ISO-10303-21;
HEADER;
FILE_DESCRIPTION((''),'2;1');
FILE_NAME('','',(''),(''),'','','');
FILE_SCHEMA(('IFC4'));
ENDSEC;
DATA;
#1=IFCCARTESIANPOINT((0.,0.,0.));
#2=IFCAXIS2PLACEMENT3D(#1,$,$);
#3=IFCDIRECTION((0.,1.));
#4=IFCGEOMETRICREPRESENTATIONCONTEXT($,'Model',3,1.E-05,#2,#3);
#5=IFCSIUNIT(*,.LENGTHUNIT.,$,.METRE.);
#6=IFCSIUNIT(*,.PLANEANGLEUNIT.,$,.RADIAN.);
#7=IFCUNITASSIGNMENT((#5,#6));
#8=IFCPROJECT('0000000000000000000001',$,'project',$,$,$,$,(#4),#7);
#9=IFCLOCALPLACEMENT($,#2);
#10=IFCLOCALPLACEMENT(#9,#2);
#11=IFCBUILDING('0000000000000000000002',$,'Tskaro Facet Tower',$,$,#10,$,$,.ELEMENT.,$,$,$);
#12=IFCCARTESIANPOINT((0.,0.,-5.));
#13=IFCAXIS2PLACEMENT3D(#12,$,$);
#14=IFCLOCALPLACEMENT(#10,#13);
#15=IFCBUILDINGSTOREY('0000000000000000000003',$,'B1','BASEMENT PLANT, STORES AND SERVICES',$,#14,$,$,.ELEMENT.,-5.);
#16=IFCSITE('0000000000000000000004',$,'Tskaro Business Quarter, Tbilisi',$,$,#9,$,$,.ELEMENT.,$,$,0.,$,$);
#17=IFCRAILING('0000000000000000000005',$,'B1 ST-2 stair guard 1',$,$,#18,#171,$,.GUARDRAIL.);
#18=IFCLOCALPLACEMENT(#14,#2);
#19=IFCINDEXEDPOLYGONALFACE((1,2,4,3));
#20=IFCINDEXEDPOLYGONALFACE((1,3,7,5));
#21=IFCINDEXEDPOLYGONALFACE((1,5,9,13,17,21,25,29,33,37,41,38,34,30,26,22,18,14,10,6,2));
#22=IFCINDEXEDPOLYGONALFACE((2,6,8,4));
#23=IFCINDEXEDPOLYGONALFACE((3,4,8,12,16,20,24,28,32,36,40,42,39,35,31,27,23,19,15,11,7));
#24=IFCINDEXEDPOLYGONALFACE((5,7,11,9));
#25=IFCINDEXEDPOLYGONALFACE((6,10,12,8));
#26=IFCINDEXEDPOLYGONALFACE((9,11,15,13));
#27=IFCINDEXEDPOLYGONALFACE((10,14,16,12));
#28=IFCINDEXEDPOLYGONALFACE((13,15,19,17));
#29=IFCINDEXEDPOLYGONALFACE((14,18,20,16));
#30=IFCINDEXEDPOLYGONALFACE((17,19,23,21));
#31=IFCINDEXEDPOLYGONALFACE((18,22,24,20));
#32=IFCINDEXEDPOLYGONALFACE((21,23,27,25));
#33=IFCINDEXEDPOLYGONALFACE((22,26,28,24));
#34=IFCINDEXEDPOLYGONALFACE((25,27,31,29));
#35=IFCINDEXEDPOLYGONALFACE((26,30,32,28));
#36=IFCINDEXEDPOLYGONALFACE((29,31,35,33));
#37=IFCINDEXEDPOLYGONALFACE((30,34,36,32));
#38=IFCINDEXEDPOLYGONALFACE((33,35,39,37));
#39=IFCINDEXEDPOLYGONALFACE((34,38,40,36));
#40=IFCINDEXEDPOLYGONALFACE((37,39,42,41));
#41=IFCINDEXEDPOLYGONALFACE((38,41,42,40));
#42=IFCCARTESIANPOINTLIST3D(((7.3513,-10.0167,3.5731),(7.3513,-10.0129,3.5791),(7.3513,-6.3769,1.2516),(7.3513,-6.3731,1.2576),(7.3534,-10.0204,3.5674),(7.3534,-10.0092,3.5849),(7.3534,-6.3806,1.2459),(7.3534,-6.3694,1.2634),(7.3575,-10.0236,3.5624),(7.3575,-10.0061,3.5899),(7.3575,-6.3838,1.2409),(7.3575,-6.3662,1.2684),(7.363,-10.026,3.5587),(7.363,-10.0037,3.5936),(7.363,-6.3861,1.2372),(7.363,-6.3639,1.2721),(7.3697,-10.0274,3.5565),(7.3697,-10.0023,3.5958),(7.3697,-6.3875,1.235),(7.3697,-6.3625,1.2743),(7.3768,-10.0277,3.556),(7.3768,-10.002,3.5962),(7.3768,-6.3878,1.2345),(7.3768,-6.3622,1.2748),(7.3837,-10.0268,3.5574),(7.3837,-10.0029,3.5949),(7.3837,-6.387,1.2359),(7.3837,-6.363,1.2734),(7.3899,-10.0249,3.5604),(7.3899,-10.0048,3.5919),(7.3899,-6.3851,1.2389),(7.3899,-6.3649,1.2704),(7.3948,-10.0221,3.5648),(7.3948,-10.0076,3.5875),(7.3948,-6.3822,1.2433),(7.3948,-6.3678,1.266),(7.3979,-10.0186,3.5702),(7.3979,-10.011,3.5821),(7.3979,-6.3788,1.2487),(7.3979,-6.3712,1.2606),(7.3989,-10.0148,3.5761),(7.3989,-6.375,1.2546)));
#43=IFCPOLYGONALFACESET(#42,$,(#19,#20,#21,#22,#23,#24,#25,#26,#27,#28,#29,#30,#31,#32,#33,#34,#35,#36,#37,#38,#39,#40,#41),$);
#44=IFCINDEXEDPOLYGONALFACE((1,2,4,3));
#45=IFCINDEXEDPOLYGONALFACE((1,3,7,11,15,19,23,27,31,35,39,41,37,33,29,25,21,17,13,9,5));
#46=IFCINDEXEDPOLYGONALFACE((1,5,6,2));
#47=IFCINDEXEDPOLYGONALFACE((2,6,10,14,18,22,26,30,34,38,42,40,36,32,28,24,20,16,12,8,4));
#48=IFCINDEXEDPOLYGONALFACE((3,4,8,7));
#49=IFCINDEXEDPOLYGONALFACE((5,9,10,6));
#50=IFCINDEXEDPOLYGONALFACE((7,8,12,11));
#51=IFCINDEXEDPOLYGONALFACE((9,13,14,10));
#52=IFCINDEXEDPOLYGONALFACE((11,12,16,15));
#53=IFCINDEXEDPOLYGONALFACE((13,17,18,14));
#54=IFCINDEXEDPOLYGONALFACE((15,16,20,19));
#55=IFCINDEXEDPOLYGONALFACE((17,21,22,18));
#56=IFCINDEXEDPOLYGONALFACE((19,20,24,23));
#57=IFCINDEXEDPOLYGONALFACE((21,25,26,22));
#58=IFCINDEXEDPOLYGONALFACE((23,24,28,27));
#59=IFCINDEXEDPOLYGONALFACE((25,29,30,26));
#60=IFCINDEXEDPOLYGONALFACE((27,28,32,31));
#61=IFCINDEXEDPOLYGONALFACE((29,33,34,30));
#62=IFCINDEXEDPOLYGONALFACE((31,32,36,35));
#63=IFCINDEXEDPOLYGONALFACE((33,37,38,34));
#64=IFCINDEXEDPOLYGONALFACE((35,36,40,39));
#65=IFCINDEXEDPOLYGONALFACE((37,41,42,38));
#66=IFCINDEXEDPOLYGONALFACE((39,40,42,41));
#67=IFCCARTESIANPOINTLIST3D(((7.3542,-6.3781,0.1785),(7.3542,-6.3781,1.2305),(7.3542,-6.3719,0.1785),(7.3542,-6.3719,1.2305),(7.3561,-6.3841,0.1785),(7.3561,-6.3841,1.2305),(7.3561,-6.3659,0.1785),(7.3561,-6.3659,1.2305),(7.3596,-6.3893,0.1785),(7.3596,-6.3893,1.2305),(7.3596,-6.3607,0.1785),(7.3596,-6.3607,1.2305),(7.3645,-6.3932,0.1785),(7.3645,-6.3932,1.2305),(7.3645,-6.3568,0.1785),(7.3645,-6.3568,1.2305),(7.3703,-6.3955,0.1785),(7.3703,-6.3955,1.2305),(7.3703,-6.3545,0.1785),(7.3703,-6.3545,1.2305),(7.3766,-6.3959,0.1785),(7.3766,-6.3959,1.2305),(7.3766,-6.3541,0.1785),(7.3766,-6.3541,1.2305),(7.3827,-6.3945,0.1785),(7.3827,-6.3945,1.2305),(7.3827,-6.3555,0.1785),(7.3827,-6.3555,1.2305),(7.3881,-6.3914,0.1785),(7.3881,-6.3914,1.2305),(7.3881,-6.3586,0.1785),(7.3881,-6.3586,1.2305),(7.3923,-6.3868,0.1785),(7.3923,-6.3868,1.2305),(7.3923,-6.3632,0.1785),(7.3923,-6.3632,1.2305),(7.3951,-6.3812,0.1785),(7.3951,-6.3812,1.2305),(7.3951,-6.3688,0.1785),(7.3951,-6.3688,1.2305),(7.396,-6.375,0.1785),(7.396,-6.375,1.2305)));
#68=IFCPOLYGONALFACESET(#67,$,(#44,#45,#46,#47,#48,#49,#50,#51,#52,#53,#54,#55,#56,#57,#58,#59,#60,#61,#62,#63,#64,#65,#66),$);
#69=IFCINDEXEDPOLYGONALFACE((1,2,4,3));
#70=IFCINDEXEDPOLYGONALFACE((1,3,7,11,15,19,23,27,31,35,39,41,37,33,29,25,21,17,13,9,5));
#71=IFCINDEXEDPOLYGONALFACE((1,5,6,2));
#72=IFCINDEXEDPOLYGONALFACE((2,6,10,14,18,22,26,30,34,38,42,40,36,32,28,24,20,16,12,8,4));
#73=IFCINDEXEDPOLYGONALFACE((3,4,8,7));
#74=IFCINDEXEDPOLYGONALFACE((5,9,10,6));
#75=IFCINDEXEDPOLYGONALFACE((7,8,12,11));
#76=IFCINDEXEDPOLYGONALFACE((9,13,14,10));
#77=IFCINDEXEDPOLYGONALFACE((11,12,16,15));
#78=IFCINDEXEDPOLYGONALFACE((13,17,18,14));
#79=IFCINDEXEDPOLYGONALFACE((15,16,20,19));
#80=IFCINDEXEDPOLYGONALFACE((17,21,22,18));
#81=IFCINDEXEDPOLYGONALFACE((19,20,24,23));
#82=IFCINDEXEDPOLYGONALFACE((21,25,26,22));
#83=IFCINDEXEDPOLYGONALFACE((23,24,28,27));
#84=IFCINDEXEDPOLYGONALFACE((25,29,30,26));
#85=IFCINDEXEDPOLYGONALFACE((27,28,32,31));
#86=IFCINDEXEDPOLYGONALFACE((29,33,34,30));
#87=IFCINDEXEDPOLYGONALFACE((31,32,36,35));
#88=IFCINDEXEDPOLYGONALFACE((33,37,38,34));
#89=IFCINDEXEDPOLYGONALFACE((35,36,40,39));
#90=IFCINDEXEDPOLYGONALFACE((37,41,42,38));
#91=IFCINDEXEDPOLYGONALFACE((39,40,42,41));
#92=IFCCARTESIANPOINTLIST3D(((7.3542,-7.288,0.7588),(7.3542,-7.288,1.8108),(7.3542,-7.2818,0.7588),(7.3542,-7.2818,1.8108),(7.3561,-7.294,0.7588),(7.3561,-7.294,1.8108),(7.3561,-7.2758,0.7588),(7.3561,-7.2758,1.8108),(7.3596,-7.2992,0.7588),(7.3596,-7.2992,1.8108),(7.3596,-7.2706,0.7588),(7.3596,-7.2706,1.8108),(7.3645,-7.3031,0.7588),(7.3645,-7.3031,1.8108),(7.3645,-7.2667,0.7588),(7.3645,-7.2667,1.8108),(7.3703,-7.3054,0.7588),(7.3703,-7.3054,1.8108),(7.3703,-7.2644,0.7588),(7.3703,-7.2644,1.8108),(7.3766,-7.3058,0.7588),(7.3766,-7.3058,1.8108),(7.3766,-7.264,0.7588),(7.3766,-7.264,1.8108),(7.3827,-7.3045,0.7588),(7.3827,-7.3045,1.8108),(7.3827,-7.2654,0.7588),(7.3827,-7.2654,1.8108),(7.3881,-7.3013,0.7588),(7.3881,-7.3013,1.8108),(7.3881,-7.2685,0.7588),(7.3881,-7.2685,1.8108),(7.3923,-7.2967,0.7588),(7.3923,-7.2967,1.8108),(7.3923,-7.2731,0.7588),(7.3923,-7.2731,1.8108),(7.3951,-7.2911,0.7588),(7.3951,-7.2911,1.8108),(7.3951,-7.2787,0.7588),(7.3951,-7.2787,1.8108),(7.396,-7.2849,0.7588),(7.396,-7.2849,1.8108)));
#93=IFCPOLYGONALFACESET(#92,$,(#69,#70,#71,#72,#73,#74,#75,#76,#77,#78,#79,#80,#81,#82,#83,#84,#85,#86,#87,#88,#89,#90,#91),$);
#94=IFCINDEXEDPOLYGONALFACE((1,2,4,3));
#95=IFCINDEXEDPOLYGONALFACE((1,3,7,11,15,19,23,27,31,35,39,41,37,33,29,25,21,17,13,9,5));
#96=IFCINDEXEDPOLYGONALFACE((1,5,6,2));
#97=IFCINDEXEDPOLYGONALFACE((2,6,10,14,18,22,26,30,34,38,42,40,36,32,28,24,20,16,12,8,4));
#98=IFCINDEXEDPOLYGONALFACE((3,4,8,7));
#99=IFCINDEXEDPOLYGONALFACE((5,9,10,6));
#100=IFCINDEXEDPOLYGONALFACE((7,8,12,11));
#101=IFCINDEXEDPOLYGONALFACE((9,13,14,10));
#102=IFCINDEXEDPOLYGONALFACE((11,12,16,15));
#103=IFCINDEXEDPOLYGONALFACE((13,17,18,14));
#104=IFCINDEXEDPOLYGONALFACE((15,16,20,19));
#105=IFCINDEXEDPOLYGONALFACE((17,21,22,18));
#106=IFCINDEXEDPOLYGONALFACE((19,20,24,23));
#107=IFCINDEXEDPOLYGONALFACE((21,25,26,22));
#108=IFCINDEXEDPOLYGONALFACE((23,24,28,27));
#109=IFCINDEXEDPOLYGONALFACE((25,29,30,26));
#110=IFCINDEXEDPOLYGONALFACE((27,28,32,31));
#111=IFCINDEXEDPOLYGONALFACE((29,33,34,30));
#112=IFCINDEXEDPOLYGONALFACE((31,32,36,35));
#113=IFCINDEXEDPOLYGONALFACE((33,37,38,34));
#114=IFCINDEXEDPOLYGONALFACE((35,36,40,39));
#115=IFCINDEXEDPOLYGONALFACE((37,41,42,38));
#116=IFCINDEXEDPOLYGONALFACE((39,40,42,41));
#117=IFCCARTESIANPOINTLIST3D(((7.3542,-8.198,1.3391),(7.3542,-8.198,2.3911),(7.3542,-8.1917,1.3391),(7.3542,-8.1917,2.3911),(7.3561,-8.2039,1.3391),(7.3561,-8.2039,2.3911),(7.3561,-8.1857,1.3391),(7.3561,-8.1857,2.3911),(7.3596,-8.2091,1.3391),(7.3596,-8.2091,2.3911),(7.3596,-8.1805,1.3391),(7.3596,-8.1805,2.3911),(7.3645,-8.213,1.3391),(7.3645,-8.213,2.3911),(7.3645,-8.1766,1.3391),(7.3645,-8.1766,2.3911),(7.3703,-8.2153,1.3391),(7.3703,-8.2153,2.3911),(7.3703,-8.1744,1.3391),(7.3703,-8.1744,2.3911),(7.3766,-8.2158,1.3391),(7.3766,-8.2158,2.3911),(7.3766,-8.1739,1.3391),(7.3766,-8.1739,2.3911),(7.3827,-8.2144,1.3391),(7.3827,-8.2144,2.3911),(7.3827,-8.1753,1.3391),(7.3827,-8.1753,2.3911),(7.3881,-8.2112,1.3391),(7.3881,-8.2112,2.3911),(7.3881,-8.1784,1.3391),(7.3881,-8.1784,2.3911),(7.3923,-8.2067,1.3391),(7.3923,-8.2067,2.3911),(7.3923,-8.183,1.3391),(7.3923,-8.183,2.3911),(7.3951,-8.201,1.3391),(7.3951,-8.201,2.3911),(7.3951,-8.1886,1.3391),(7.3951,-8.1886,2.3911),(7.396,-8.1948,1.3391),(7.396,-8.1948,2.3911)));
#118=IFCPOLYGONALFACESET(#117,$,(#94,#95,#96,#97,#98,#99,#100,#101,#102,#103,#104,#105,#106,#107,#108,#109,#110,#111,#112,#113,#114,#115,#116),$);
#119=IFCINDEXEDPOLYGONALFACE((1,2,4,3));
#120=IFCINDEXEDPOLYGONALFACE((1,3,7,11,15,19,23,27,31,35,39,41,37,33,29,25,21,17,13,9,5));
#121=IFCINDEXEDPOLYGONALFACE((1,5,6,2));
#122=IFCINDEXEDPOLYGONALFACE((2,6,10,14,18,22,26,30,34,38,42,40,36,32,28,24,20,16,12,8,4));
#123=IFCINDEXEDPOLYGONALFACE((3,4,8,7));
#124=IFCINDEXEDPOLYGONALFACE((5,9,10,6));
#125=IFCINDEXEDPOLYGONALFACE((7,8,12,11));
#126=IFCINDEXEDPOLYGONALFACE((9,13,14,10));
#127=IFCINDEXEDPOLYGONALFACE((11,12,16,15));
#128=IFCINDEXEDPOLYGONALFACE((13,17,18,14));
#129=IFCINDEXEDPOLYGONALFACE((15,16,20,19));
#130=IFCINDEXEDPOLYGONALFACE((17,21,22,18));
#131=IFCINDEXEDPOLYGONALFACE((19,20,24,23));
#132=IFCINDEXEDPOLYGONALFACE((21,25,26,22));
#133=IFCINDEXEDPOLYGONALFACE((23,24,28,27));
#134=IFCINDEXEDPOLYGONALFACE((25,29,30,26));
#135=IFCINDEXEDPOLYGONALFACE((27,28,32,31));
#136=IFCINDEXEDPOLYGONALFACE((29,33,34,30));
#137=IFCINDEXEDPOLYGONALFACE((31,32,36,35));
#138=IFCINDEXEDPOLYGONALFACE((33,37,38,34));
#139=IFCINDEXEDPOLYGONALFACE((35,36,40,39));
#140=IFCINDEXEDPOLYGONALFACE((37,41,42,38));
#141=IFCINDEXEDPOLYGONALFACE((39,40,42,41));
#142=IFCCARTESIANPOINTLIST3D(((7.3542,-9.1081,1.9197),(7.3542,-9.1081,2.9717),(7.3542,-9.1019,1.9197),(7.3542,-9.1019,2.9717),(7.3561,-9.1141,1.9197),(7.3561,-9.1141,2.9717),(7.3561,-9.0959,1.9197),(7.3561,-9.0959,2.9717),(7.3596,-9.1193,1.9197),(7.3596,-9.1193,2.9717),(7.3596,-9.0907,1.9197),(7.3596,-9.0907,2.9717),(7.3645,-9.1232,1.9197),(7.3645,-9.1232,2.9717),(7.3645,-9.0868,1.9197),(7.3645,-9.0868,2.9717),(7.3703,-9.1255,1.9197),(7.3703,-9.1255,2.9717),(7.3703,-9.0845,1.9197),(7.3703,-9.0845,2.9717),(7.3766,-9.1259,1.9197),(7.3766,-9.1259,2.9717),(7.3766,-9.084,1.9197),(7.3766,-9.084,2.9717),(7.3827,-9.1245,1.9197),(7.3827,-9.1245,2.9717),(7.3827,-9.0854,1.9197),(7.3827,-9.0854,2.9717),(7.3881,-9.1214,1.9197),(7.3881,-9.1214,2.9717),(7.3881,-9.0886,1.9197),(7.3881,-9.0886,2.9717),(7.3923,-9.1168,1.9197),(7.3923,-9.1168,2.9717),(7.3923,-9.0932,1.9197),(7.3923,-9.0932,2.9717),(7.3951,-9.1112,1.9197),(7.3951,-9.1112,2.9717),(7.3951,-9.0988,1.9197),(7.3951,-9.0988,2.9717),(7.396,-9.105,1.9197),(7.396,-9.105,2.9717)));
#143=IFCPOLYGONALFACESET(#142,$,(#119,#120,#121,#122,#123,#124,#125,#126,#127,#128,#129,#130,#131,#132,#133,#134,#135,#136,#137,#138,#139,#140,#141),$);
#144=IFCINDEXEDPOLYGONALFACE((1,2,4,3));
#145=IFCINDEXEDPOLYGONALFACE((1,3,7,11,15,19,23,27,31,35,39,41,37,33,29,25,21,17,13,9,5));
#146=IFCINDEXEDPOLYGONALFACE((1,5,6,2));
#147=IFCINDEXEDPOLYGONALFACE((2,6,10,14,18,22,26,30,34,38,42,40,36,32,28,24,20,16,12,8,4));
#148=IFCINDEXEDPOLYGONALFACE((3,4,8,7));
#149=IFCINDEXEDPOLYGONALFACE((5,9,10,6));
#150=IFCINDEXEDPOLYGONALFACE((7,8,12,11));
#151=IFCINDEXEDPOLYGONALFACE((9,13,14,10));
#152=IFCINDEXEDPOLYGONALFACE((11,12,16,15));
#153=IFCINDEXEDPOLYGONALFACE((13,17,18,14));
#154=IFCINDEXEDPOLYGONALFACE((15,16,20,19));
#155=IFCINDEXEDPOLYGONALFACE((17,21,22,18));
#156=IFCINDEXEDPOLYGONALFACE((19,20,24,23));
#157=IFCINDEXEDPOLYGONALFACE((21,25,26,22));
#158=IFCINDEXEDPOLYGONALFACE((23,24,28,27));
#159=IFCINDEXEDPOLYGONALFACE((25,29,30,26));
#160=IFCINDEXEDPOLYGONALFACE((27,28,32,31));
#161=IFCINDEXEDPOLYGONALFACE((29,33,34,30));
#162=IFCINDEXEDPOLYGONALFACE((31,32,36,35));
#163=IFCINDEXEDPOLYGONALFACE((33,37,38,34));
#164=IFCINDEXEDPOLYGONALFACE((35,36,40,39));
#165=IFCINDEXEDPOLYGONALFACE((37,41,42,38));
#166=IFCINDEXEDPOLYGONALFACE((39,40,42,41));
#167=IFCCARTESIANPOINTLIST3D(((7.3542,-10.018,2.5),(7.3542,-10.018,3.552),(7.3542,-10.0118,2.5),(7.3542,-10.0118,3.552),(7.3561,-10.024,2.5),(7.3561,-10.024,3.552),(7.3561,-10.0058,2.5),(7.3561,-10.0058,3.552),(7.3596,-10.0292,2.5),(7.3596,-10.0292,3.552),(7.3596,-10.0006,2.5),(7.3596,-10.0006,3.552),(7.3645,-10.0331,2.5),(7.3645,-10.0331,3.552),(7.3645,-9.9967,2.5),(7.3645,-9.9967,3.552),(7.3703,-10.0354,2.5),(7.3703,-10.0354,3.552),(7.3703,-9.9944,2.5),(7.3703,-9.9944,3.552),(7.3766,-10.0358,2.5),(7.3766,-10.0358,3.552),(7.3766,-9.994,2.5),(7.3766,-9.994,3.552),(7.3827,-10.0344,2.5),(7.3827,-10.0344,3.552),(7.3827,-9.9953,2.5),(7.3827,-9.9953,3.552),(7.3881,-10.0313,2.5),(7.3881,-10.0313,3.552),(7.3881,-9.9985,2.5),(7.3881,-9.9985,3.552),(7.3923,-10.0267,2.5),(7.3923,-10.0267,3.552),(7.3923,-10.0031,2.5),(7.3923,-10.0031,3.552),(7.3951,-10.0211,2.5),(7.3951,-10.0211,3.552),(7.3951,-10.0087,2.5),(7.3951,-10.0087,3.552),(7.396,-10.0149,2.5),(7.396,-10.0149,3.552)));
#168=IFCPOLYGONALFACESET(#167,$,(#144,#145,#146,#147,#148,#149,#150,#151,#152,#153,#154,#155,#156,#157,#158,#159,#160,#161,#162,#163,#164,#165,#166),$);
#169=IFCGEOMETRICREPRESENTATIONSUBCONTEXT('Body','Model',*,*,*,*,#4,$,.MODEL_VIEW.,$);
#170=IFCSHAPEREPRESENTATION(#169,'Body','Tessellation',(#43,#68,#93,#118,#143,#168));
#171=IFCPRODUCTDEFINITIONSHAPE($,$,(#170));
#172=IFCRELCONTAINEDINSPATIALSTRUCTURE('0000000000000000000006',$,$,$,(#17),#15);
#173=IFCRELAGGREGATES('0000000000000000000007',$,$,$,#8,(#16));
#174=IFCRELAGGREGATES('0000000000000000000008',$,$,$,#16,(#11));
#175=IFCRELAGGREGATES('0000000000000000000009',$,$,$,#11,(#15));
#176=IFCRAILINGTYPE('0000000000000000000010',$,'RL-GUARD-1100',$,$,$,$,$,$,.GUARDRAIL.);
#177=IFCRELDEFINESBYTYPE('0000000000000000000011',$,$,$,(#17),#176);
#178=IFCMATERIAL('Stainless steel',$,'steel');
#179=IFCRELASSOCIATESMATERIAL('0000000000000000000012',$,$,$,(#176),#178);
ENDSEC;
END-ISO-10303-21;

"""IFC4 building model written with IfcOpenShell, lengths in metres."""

from ifc_helpers import new_model, si_unit, direction, frame, origin, origin_2d, place, context, subcontext, project, spatial, circle, extrude, material, type_object, element, save


model = new_model("IFC4")

# Units and contexts
model_context = context("Model", 3, precision=1e-05, world=origin(), true_north=direction((0.0, 1.0)))
body_context = subcontext(model_context, "Body", "Model", "MODEL_VIEW")
ifc_project = project(units=[si_unit("LENGTHUNIT", "METRE"), si_unit("PLANEANGLEUNIT", "RADIAN")], contexts=[model_context])

# Site, building, storey
site_placement = place(None, origin())
site = spatial("IfcSite", under=ifc_project, at=site_placement, Name="Tskaro Business Quarter, Tbilisi", CompositionType="ELEMENT", RefElevation=0.0)
building_placement = place(site_placement, origin())
building = spatial("IfcBuilding", under=site, at=building_placement, Name="Tskaro Facet Tower", CompositionType="ELEMENT")
storey_placement = place(building_placement, frame((0.0, 0.0, -5.0)))
storey = spatial("IfcBuildingStorey", under=building, at=storey_placement, Name="B1", Description="BASEMENT PLANT, STORES AND SERVICES", CompositionType="ELEMENT", Elevation=-5.0)

# Railing
ifc_material_1 = material(Name="Stainless steel", Category="steel")
railing_type_1 = type_object("IfcRailingType", Name="RL-GUARD-1100", PredefinedType="GUARDRAIL", material=ifc_material_1)
railing_1_placement = place(storey_placement, frame((7.375, -6.375, 0.1785)))
element("IfcRailing", 1, at=railing_1_placement, inside=storey, type_object=railing_type_1, Name="B1 ST-2 stair guard 1", PredefinedType="GUARDRAIL", context=body_context, shape_type="SweptSolid", body=[
    extrude(circle(Radius=0.0239, at=origin_2d()), frame((0.0, 0.0, 1.0762), z_axis=(0.0, -0.843112, 0.537739), x_axis=(1.0, 0.0, 0.0)), (0.0, 0.0, 1.0), 4.3171),
    extrude(circle(Radius=0.021, at=origin_2d()), origin(), (0.0, 0.0, 1.0), 1.052),
    extrude(circle(Radius=0.021, at=origin_2d()), frame((0.0, -0.9099, 0.5803)), (0.0, 0.0, 1.0), 1.052),
    extrude(circle(Radius=0.021, at=origin_2d()), frame((0.0, -1.8198, 1.1606)), (0.0, 0.0, 1.0), 1.052),
    extrude(circle(Radius=0.021, at=origin_2d()), frame((0.0, -2.73, 1.7412)), (0.0, 0.0, 1.0), 1.052),
    extrude(circle(Radius=0.021, at=origin_2d()), frame((0.0, -3.6399, 2.3215)), (0.0, 0.0, 1.0), 1.052),
])

save(model, "model.ifc")
